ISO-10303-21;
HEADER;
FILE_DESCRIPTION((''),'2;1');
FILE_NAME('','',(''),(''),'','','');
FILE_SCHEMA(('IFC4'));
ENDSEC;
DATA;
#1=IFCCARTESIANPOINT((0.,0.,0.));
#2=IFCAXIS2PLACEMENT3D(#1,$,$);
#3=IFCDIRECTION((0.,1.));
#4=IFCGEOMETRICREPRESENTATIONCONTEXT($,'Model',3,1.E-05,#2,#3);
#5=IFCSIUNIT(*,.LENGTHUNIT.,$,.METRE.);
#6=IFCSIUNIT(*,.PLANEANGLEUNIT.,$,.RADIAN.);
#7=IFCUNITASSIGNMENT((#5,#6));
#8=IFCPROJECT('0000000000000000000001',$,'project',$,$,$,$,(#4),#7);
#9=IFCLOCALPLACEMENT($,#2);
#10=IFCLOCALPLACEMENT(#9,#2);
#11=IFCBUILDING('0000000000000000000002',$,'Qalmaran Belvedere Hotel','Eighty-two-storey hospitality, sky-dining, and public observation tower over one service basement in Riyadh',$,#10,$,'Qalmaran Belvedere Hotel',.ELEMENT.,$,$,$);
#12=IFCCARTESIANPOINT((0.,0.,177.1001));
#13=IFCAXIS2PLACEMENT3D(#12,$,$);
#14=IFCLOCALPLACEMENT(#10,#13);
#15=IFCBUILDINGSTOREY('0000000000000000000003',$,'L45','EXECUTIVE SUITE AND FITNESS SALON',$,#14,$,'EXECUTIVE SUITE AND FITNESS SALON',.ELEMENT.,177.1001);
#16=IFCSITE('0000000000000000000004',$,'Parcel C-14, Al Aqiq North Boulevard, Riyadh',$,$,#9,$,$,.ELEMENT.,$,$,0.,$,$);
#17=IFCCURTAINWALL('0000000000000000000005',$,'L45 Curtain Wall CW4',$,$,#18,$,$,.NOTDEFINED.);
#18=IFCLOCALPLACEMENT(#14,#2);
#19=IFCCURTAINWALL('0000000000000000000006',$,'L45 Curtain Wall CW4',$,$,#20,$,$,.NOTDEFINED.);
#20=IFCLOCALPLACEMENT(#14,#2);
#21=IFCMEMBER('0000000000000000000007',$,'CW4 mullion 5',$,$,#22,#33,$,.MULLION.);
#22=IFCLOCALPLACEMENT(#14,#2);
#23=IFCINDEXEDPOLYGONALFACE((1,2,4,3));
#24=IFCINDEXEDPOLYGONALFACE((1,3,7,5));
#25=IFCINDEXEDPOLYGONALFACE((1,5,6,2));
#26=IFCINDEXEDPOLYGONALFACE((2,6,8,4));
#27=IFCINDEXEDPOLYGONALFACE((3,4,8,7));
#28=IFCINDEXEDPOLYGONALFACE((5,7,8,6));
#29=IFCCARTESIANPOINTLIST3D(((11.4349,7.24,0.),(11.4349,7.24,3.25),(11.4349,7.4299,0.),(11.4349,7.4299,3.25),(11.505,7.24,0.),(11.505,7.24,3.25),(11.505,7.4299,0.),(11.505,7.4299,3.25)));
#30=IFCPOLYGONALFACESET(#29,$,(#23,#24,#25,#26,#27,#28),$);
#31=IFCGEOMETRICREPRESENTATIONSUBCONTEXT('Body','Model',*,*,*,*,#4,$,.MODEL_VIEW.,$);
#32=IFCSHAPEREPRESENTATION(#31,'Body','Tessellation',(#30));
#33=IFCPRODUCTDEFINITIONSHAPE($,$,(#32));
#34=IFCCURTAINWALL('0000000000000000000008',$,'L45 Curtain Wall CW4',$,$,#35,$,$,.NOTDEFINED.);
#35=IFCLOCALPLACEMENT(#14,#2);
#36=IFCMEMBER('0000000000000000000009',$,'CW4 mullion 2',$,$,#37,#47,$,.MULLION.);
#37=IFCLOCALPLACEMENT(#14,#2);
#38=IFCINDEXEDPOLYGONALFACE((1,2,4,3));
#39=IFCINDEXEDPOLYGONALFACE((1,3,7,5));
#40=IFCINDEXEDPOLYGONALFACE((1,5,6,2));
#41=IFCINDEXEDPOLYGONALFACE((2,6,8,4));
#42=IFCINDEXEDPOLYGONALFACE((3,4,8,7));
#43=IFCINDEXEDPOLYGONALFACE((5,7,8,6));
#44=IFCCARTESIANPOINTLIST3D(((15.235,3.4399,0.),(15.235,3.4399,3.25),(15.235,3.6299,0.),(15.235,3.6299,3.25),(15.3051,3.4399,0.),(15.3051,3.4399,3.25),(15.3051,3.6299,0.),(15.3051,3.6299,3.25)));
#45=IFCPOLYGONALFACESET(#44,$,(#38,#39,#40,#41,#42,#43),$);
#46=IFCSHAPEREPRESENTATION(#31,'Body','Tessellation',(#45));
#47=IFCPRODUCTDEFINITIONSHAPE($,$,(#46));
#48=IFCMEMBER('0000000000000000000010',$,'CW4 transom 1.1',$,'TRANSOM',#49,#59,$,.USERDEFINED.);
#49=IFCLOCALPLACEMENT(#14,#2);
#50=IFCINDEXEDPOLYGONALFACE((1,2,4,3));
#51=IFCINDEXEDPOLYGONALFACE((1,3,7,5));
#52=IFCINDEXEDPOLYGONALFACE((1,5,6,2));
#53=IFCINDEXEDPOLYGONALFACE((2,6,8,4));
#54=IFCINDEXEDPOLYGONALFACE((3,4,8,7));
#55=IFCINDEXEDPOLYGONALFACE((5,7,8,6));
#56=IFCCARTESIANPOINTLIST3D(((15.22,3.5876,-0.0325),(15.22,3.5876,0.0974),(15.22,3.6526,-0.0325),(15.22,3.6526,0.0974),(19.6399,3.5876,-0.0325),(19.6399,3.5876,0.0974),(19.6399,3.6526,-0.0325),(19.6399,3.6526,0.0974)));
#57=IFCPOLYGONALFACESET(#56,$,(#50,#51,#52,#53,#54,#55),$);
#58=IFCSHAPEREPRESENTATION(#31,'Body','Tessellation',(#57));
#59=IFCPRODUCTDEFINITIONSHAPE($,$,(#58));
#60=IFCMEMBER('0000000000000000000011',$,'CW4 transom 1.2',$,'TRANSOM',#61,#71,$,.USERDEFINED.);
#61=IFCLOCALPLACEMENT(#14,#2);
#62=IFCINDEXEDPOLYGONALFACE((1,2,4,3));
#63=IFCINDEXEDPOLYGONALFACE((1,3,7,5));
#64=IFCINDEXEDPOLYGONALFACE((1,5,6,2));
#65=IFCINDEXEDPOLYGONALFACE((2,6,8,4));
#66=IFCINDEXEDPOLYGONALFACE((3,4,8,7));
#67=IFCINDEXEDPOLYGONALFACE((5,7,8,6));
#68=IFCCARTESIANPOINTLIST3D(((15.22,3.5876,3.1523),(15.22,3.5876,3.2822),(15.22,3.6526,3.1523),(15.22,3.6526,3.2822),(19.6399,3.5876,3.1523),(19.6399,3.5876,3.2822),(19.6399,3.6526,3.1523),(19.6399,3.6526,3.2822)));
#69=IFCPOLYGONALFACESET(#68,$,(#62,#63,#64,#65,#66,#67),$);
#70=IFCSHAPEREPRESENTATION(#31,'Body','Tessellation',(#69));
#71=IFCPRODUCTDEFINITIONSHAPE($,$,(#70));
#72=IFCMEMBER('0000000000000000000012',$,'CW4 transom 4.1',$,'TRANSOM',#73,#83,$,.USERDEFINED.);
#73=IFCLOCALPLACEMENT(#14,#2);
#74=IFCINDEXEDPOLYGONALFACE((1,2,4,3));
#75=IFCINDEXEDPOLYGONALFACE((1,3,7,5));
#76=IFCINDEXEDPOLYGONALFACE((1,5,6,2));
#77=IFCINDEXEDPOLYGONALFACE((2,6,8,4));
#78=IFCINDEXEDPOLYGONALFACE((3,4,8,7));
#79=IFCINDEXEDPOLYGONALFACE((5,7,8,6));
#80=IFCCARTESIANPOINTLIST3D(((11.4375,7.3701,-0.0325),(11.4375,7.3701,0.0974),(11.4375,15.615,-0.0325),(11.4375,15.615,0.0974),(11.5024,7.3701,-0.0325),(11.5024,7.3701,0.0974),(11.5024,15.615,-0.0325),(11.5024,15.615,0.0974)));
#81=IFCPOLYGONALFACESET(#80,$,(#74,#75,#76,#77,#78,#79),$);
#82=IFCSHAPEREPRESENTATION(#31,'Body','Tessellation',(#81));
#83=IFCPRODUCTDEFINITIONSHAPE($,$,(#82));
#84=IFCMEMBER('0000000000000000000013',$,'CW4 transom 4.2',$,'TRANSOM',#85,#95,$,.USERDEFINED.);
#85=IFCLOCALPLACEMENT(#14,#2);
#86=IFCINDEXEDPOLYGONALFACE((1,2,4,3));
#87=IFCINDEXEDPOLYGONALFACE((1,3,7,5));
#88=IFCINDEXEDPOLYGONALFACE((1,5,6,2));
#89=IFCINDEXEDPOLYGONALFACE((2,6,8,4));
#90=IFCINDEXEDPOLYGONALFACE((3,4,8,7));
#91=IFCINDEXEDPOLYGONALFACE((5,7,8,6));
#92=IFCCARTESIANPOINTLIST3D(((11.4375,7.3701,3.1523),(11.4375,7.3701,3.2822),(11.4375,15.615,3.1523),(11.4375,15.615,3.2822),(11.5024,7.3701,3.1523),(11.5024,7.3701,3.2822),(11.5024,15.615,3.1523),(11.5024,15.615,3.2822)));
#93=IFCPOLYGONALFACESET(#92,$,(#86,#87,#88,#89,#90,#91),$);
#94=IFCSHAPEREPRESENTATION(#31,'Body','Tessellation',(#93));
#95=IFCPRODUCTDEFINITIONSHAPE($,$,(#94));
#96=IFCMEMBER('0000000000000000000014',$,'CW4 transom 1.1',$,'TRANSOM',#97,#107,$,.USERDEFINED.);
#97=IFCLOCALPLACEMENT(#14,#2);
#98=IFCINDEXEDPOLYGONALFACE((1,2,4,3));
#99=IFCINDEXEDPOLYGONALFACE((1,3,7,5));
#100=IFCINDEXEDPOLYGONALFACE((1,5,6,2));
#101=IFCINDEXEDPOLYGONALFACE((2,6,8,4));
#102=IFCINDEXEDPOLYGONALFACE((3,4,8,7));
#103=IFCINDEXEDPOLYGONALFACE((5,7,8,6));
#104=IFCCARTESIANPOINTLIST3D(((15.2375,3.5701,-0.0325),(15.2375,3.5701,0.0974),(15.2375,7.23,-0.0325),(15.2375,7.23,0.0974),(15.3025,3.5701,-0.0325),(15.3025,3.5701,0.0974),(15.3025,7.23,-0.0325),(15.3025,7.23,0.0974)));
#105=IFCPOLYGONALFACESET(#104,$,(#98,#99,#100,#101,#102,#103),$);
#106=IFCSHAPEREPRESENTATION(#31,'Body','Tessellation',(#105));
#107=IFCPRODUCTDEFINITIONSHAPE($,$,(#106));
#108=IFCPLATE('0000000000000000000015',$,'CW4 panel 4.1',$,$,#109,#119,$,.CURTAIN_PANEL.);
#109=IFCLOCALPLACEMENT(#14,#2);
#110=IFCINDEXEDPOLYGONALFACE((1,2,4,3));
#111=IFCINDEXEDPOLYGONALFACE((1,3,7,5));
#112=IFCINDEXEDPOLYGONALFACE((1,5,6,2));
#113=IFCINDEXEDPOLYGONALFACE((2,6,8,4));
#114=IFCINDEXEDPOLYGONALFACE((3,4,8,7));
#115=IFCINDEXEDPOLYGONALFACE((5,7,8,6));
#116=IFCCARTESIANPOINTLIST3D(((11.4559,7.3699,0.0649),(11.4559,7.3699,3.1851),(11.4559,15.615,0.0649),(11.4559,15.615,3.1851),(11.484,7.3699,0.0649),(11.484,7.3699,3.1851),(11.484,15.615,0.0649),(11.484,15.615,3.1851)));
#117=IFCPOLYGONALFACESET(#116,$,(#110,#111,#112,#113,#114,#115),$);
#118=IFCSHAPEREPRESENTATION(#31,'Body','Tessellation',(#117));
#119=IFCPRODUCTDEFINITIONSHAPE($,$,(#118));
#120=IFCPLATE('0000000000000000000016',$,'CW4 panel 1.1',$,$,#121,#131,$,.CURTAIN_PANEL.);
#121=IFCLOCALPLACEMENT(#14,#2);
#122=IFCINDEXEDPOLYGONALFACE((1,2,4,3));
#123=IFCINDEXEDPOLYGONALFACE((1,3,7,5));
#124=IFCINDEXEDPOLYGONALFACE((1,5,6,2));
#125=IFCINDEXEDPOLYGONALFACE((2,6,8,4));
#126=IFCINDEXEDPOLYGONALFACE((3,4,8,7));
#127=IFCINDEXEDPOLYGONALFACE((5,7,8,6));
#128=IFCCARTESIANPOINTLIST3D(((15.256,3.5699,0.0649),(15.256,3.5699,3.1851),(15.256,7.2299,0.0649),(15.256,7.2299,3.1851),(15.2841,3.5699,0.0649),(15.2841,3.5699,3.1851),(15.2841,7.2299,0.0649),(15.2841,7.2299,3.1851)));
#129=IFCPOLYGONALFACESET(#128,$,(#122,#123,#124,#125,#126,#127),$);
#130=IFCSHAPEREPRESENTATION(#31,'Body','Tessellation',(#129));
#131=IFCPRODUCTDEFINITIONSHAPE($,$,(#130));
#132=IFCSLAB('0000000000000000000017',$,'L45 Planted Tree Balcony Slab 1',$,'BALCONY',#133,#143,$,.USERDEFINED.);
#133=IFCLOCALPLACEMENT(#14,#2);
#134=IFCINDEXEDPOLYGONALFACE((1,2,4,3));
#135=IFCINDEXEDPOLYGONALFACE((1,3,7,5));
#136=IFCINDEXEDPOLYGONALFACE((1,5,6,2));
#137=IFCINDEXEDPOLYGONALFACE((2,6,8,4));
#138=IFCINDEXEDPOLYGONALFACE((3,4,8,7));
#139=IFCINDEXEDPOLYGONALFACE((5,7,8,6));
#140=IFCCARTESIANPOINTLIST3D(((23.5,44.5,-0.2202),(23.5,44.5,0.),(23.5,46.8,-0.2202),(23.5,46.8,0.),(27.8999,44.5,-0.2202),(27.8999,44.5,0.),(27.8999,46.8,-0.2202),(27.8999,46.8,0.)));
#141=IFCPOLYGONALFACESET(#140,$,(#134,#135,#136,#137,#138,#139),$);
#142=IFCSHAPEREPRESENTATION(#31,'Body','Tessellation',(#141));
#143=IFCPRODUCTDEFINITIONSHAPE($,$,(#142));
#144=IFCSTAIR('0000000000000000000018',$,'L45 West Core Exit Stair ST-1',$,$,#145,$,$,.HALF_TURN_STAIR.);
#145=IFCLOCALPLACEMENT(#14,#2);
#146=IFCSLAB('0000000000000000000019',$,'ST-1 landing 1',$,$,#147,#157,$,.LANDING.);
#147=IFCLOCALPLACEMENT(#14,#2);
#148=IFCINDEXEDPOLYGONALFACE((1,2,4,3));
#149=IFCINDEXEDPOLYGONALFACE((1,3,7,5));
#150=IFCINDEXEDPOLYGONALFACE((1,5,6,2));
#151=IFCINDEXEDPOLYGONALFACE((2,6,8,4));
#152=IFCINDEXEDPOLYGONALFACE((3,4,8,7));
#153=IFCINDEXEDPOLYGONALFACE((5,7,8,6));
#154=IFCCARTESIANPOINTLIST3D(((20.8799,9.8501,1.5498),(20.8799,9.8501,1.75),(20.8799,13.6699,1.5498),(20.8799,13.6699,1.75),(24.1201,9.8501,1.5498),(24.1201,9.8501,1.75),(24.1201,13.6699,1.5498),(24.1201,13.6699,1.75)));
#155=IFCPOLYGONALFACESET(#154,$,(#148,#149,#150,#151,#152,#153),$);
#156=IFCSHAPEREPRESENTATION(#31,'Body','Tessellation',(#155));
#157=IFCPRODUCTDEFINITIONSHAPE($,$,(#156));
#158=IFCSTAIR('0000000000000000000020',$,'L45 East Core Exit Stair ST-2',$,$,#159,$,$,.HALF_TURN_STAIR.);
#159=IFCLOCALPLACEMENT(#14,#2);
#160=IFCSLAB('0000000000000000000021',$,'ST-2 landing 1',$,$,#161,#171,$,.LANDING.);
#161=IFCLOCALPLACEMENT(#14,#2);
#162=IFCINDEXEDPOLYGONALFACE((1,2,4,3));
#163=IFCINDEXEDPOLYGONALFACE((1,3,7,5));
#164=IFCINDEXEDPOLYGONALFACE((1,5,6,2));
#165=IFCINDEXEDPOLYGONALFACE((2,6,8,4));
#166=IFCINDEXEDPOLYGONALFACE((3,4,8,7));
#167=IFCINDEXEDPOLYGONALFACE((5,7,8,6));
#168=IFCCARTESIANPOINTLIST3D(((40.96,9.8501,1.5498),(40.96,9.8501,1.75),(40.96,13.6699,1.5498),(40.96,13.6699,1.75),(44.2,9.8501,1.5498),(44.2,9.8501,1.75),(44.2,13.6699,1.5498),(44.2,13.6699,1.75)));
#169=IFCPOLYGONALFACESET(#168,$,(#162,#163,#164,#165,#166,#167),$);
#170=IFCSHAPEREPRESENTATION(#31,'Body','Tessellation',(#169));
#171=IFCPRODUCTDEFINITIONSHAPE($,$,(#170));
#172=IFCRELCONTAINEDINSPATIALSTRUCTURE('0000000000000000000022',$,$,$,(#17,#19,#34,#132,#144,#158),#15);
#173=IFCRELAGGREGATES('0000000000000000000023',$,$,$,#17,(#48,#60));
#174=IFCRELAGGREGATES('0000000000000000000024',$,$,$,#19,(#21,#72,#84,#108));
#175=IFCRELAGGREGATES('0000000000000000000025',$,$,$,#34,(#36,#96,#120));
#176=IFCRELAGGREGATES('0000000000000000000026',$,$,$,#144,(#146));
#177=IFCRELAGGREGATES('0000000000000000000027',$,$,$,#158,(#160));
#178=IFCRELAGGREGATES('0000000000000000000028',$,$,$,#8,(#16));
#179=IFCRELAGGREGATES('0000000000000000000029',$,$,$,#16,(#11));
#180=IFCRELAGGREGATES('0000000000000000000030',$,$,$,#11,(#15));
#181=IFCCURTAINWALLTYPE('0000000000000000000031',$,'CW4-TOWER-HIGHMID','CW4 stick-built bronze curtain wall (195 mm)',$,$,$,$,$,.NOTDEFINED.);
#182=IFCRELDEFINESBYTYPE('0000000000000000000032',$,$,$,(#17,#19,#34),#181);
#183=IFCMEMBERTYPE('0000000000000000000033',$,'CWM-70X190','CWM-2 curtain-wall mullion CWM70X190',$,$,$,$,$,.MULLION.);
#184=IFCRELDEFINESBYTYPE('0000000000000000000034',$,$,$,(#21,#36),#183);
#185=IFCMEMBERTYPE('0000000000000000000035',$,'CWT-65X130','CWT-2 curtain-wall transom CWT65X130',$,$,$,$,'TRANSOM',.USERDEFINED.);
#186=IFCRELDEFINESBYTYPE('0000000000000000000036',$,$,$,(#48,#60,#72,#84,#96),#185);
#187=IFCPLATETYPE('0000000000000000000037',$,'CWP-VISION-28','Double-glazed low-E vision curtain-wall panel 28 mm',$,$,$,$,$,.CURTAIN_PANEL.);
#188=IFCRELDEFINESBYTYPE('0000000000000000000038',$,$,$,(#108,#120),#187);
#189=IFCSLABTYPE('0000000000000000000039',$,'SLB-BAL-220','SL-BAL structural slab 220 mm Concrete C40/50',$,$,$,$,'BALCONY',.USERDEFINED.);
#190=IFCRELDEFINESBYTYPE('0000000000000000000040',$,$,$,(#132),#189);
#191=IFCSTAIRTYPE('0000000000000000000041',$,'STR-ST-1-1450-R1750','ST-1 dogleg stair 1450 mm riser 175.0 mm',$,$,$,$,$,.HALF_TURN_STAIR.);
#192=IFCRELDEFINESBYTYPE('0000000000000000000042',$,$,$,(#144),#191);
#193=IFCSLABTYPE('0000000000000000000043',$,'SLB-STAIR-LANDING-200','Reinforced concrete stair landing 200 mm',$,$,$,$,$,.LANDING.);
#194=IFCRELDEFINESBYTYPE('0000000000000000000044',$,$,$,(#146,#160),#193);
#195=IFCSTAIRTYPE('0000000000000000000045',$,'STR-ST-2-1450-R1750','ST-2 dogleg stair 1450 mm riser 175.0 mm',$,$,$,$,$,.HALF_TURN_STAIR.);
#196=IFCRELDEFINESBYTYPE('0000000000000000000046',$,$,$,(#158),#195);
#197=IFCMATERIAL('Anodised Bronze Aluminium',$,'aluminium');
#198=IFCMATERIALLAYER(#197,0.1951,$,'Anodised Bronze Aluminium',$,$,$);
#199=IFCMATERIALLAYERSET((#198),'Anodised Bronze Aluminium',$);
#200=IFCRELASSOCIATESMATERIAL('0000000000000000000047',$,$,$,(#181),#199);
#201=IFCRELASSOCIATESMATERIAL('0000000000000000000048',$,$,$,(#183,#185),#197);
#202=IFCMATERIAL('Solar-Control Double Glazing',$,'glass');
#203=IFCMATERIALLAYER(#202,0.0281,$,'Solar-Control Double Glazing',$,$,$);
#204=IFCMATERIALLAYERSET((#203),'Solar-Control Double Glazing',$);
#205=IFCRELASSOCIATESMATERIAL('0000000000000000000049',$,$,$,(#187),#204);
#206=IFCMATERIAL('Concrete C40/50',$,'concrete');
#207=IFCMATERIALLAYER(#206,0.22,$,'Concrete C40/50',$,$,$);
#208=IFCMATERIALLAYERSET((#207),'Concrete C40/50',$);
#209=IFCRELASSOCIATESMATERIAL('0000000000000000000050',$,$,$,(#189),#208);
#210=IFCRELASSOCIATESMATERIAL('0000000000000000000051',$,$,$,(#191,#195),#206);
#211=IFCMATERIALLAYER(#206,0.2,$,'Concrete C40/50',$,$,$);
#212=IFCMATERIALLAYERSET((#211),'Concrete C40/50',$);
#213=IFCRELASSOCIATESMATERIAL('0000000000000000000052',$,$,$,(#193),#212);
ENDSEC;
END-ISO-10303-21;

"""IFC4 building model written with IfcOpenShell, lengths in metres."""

from ifc_helpers import new_model, si_unit, direction, frame, origin, origin_2d, place, context, subcontext, project, spatial, polyline, rectangle, outline, extrude, material, layer, layer_set, material_profile, profile_set, type_object, element, aggregate, save


model = new_model("IFC4")

# Units and contexts
model_context = context("Model", 3, precision=1e-05, world=origin(), true_north=direction((0.0, 1.0)))
body_context = subcontext(model_context, "Body", "Model", "MODEL_VIEW")
ifc_project = project(units=[si_unit("LENGTHUNIT", "METRE"), si_unit("PLANEANGLEUNIT", "RADIAN")], contexts=[model_context])

# Site, building, storey
site_placement = place(None, origin())
site = spatial("IfcSite", under=ifc_project, at=site_placement, Name="Parcel C-14, Al Aqiq North Boulevard, Riyadh", CompositionType="ELEMENT", RefElevation=0.0)
building_placement = place(site_placement, origin())
building = spatial("IfcBuilding", under=site, at=building_placement, Name="Qalmaran Belvedere Hotel", Description="Eighty-two-storey hospitality, sky-dining, and public observation tower over one service basement in Riyadh", LongName="Qalmaran Belvedere Hotel", CompositionType="ELEMENT")
storey_placement = place(building_placement, frame((0.0, 0.0, 177.1001)))
storey = spatial("IfcBuildingStorey", under=building, at=storey_placement, Name="L45", Description="EXECUTIVE SUITE AND FITNESS SALON", LongName="EXECUTIVE SUITE AND FITNESS SALON", CompositionType="ELEMENT", Elevation=177.1001)

# Curtain wall
ifc_material_1 = material(Name="Anodised Bronze Aluminium", Category="aluminium")
ifc_layer_1 = layer(ifc_material_1, 0.1951, Name="Anodised Bronze Aluminium")
ifc_layer_set_1 = layer_set([ifc_layer_1], Name="Anodised Bronze Aluminium")
curtain_wall_type = type_object("IfcCurtainWallType", Name="CW4-TOWER-HIGHMID", Description="CW4 stick-built bronze curtain wall (195 mm)", PredefinedType="NOTDEFINED", material=ifc_layer_set_1)
curtain_wall_1_placement = place(storey_placement, origin())
curtain_wall_1 = element("IfcCurtainWall", 1, at=curtain_wall_1_placement, inside=storey, type_object=curtain_wall_type, Name="L45 Curtain Wall CW4", PredefinedType="NOTDEFINED")
ifc_material_profile_1 = material_profile(ifc_material_1, rectangle(XDim=0.0701, YDim=0.1899, at=origin_2d()), Name="CWM70X190")
ifc_profile_set_1 = profile_set([ifc_material_profile_1], Name="Anodised Bronze Aluminium")
member_type_1 = type_object("IfcMemberType", Name="CWM-70X190", Description="CWM-2 curtain-wall mullion CWM70X190", PredefinedType="MULLION", material=ifc_profile_set_1)

# Curtain wall, member
curtain_wall_2_placement = place(storey_placement, origin())
curtain_wall_2 = element("IfcCurtainWall", 2, at=curtain_wall_2_placement, inside=storey, type_object=curtain_wall_type, Name="L45 Curtain Wall CW4", PredefinedType="NOTDEFINED")
member_1_placement = place(storey_placement, frame((11.47, 7.335, 0.0), z_axis=(0.0, 0.0, 1.0), x_axis=(1.0, 0.0, 0.0)))
member_1 = element("IfcMember", 3, at=member_1_placement, type_object=member_type_1, Name="CW4 mullion 5", PredefinedType="MULLION", context=body_context, shape_type="SweptSolid", body=[
    extrude(rectangle(XDim=0.0701, YDim=0.1899, at=origin_2d()), origin(), (0.0, 0.0, 1.0), 3.25),
])

# Curtain wall, member
curtain_wall_3_placement = place(storey_placement, origin())
curtain_wall_3 = element("IfcCurtainWall", 4, at=curtain_wall_3_placement, inside=storey, type_object=curtain_wall_type, Name="L45 Curtain Wall CW4", PredefinedType="NOTDEFINED")
member_2_placement = place(storey_placement, frame((15.27, 3.5349, 0.0), z_axis=(0.0, 0.0, 1.0), x_axis=(1.0, 0.0, 0.0)))
member_2 = element("IfcMember", 5, at=member_2_placement, type_object=member_type_1, Name="CW4 mullion 2", PredefinedType="MULLION", context=body_context, shape_type="SweptSolid", body=[
    extrude(rectangle(XDim=0.0701, YDim=0.1899, at=origin_2d()), origin(), (0.0, 0.0, 1.0), 3.25),
])

# Members
ifc_material_profile_2 = material_profile(ifc_material_1, rectangle(XDim=0.0649, YDim=0.1299, at=origin_2d()), Name="CWT65X130")
ifc_profile_set_2 = profile_set([ifc_material_profile_2], Name="Anodised Bronze Aluminium")
member_type_2 = type_object("IfcMemberType", Name="CWT-65X130", Description="CWT-2 curtain-wall transom CWT65X130", ElementType="TRANSOM", PredefinedType="USERDEFINED", material=ifc_profile_set_2)
member_3_placement = place(storey_placement, frame((15.22, 3.6201, 0.0325), z_axis=(1.0, 0.0, 0.0), x_axis=(0.0, 1.0, 0.0)))
member_3 = element("IfcMember", 6, at=member_3_placement, type_object=member_type_2, Name="CW4 transom 1.1", ObjectType="TRANSOM", PredefinedType="USERDEFINED", context=body_context, shape_type="SweptSolid", body=[
    extrude(rectangle(XDim=0.0649, YDim=0.1299, at=origin_2d()), origin(), (0.0, 0.0, 1.0), 4.4199),
])
member_4_placement = place(storey_placement, frame((15.22, 3.6201, 3.2173), z_axis=(1.0, 0.0, 0.0), x_axis=(0.0, 1.0, 0.0)))
member_4 = element("IfcMember", 7, at=member_4_placement, type_object=member_type_2, Name="CW4 transom 1.2", ObjectType="TRANSOM", PredefinedType="USERDEFINED", context=body_context, shape_type="SweptSolid", body=[
    extrude(rectangle(XDim=0.0649, YDim=0.1299, at=origin_2d()), origin(), (0.0, 0.0, 1.0), 4.4199),
])
aggregate(curtain_wall_1, [member_3, member_4])
member_5_placement = place(storey_placement, frame((11.47, 15.615, 0.0325), z_axis=(0.0, -1.0, 0.0), x_axis=(1.0, 0.0, 0.0)))
member_5 = element("IfcMember", 8, at=member_5_placement, type_object=member_type_2, Name="CW4 transom 4.1", ObjectType="TRANSOM", PredefinedType="USERDEFINED", context=body_context, shape_type="SweptSolid", body=[
    extrude(rectangle(XDim=0.0649, YDim=0.1299, at=origin_2d()), origin(), (0.0, 0.0, 1.0), 8.2449),
])
member_6_placement = place(storey_placement, frame((11.47, 15.615, 3.2173), z_axis=(0.0, -1.0, 0.0), x_axis=(1.0, 0.0, 0.0)))
member_6 = element("IfcMember", 9, at=member_6_placement, type_object=member_type_2, Name="CW4 transom 4.2", ObjectType="TRANSOM", PredefinedType="USERDEFINED", context=body_context, shape_type="SweptSolid", body=[
    extrude(rectangle(XDim=0.0649, YDim=0.1299, at=origin_2d()), origin(), (0.0, 0.0, 1.0), 8.2449),
])
member_7_placement = place(storey_placement, frame((15.27, 7.23, 0.0325), z_axis=(0.0, -1.0, 0.0), x_axis=(1.0, 0.0, 0.0)))
member_7 = element("IfcMember", 10, at=member_7_placement, type_object=member_type_2, Name="CW4 transom 1.1", ObjectType="TRANSOM", PredefinedType="USERDEFINED", context=body_context, shape_type="SweptSolid", body=[
    extrude(rectangle(XDim=0.0649, YDim=0.1299, at=origin_2d()), origin(), (0.0, 0.0, 1.0), 3.6599),
])

# Plates
ifc_material_2 = material(Name="Solar-Control Double Glazing", Category="glass")
ifc_layer_2 = layer(ifc_material_2, 0.0281, Name="Solar-Control Double Glazing")
ifc_layer_set_2 = layer_set([ifc_layer_2], Name="Solar-Control Double Glazing")
plate_type = type_object("IfcPlateType", Name="CWP-VISION-28", Description="Double-glazed low-E vision curtain-wall panel 28 mm", PredefinedType="CURTAIN_PANEL", material=ifc_layer_set_2)
plate_1_placement = place(storey_placement, frame((11.47, 11.4924, 0.0649), z_axis=(0.0, 0.0, 1.0), x_axis=(0.0, -1.0, 0.0)))
plate_1 = element("IfcPlate", 11, at=plate_1_placement, type_object=plate_type, Name="CW4 panel 4.1", PredefinedType="CURTAIN_PANEL", context=body_context, shape_type="SweptSolid", body=[
    extrude(rectangle(XDim=8.2451, YDim=0.0281, at=origin_2d()), origin(), (0.0, 0.0, 1.0), 3.1201),
])
aggregate(curtain_wall_2, [member_1, member_5, member_6, plate_1])
plate_2_placement = place(storey_placement, frame((15.27, 5.3999, 0.0649), z_axis=(0.0, 0.0, 1.0), x_axis=(0.0, -1.0, 0.0)))
plate_2 = element("IfcPlate", 12, at=plate_2_placement, type_object=plate_type, Name="CW4 panel 1.1", PredefinedType="CURTAIN_PANEL", context=body_context, shape_type="SweptSolid", body=[
    extrude(rectangle(XDim=3.6599, YDim=0.0281, at=origin_2d()), origin(), (0.0, 0.0, 1.0), 3.1201),
])
aggregate(curtain_wall_3, [member_2, member_7, plate_2])

# Slab
ifc_material_3 = material(Name="Concrete C40/50", Category="concrete")
ifc_layer_3 = layer(ifc_material_3, 0.22, Name="Concrete C40/50")
ifc_layer_set_3 = layer_set([ifc_layer_3], Name="Concrete C40/50")
slab_type_1 = type_object("IfcSlabType", Name="SLB-BAL-220", Description="SL-BAL structural slab 220 mm Concrete C40/50", ElementType="BALCONY", PredefinedType="USERDEFINED", material=ifc_layer_set_3)
slab_1_placement = place(storey_placement, frame((0.0, 0.0, -0.2202)))
element("IfcSlab", 13, at=slab_1_placement, inside=storey, type_object=slab_type_1, Name="L45 Planted Tree Balcony Slab 1", ObjectType="BALCONY", PredefinedType="USERDEFINED", context=body_context, shape_type="SweptSolid", body=[
    extrude(outline(polyline([(23.5, 44.5), (27.8999, 44.5), (27.8999, 46.8), (23.5, 46.8), (23.5, 44.5)])), origin(), (0.0, 0.0, 1.0), 0.2202),
])

# Stairs, slabs
stair_type_1 = type_object("IfcStairType", Name="STR-ST-1-1450-R1750", Description="ST-1 dogleg stair 1450 mm riser 175.0 mm", PredefinedType="HALF_TURN_STAIR", material=ifc_material_3)
stair_1_placement = place(storey_placement, origin())
stair_1 = element("IfcStair", 14, at=stair_1_placement, inside=storey, type_object=stair_type_1, Name="L45 West Core Exit Stair ST-1", PredefinedType="HALF_TURN_STAIR")
ifc_layer_4 = layer(ifc_material_3, 0.2, Name="Concrete C40/50")
ifc_layer_set_4 = layer_set([ifc_layer_4], Name="Concrete C40/50")
slab_type_2 = type_object("IfcSlabType", Name="SLB-STAIR-LANDING-200", Description="Reinforced concrete stair landing 200 mm", PredefinedType="LANDING", material=ifc_layer_set_4)
slab_2_placement = place(storey_placement, frame((0.0, 0.0, 1.5498)))
slab_2 = element("IfcSlab", 15, at=slab_2_placement, type_object=slab_type_2, Name="ST-1 landing 1", PredefinedType="LANDING", context=body_context, shape_type="SweptSolid", body=[
    extrude(outline(polyline([(20.8799, 13.6699), (20.8799, 9.8501), (24.1201, 9.8501), (24.1201, 13.6699), (20.8799, 13.6699)])), origin(), (0.0, 0.0, 1.0), 0.2002),
])
aggregate(stair_1, [slab_2])
stair_type_2 = type_object("IfcStairType", Name="STR-ST-2-1450-R1750", Description="ST-2 dogleg stair 1450 mm riser 175.0 mm", PredefinedType="HALF_TURN_STAIR", material=ifc_material_3)
stair_2_placement = place(storey_placement, origin())
stair_2 = element("IfcStair", 16, at=stair_2_placement, inside=storey, type_object=stair_type_2, Name="L45 East Core Exit Stair ST-2", PredefinedType="HALF_TURN_STAIR")
slab_3_placement = place(storey_placement, frame((0.0, 0.0, 1.5498)))
slab_3 = element("IfcSlab", 17, at=slab_3_placement, type_object=slab_type_2, Name="ST-2 landing 1", PredefinedType="LANDING", context=body_context, shape_type="SweptSolid", body=[
    extrude(outline(polyline([(40.96, 13.6699), (40.96, 9.8501), (44.2, 9.8501), (44.2, 13.6699), (40.96, 13.6699)])), origin(), (0.0, 0.0, 1.0), 0.2002),
])
aggregate(stair_2, [slab_3])

save(model, "model.ifc")
